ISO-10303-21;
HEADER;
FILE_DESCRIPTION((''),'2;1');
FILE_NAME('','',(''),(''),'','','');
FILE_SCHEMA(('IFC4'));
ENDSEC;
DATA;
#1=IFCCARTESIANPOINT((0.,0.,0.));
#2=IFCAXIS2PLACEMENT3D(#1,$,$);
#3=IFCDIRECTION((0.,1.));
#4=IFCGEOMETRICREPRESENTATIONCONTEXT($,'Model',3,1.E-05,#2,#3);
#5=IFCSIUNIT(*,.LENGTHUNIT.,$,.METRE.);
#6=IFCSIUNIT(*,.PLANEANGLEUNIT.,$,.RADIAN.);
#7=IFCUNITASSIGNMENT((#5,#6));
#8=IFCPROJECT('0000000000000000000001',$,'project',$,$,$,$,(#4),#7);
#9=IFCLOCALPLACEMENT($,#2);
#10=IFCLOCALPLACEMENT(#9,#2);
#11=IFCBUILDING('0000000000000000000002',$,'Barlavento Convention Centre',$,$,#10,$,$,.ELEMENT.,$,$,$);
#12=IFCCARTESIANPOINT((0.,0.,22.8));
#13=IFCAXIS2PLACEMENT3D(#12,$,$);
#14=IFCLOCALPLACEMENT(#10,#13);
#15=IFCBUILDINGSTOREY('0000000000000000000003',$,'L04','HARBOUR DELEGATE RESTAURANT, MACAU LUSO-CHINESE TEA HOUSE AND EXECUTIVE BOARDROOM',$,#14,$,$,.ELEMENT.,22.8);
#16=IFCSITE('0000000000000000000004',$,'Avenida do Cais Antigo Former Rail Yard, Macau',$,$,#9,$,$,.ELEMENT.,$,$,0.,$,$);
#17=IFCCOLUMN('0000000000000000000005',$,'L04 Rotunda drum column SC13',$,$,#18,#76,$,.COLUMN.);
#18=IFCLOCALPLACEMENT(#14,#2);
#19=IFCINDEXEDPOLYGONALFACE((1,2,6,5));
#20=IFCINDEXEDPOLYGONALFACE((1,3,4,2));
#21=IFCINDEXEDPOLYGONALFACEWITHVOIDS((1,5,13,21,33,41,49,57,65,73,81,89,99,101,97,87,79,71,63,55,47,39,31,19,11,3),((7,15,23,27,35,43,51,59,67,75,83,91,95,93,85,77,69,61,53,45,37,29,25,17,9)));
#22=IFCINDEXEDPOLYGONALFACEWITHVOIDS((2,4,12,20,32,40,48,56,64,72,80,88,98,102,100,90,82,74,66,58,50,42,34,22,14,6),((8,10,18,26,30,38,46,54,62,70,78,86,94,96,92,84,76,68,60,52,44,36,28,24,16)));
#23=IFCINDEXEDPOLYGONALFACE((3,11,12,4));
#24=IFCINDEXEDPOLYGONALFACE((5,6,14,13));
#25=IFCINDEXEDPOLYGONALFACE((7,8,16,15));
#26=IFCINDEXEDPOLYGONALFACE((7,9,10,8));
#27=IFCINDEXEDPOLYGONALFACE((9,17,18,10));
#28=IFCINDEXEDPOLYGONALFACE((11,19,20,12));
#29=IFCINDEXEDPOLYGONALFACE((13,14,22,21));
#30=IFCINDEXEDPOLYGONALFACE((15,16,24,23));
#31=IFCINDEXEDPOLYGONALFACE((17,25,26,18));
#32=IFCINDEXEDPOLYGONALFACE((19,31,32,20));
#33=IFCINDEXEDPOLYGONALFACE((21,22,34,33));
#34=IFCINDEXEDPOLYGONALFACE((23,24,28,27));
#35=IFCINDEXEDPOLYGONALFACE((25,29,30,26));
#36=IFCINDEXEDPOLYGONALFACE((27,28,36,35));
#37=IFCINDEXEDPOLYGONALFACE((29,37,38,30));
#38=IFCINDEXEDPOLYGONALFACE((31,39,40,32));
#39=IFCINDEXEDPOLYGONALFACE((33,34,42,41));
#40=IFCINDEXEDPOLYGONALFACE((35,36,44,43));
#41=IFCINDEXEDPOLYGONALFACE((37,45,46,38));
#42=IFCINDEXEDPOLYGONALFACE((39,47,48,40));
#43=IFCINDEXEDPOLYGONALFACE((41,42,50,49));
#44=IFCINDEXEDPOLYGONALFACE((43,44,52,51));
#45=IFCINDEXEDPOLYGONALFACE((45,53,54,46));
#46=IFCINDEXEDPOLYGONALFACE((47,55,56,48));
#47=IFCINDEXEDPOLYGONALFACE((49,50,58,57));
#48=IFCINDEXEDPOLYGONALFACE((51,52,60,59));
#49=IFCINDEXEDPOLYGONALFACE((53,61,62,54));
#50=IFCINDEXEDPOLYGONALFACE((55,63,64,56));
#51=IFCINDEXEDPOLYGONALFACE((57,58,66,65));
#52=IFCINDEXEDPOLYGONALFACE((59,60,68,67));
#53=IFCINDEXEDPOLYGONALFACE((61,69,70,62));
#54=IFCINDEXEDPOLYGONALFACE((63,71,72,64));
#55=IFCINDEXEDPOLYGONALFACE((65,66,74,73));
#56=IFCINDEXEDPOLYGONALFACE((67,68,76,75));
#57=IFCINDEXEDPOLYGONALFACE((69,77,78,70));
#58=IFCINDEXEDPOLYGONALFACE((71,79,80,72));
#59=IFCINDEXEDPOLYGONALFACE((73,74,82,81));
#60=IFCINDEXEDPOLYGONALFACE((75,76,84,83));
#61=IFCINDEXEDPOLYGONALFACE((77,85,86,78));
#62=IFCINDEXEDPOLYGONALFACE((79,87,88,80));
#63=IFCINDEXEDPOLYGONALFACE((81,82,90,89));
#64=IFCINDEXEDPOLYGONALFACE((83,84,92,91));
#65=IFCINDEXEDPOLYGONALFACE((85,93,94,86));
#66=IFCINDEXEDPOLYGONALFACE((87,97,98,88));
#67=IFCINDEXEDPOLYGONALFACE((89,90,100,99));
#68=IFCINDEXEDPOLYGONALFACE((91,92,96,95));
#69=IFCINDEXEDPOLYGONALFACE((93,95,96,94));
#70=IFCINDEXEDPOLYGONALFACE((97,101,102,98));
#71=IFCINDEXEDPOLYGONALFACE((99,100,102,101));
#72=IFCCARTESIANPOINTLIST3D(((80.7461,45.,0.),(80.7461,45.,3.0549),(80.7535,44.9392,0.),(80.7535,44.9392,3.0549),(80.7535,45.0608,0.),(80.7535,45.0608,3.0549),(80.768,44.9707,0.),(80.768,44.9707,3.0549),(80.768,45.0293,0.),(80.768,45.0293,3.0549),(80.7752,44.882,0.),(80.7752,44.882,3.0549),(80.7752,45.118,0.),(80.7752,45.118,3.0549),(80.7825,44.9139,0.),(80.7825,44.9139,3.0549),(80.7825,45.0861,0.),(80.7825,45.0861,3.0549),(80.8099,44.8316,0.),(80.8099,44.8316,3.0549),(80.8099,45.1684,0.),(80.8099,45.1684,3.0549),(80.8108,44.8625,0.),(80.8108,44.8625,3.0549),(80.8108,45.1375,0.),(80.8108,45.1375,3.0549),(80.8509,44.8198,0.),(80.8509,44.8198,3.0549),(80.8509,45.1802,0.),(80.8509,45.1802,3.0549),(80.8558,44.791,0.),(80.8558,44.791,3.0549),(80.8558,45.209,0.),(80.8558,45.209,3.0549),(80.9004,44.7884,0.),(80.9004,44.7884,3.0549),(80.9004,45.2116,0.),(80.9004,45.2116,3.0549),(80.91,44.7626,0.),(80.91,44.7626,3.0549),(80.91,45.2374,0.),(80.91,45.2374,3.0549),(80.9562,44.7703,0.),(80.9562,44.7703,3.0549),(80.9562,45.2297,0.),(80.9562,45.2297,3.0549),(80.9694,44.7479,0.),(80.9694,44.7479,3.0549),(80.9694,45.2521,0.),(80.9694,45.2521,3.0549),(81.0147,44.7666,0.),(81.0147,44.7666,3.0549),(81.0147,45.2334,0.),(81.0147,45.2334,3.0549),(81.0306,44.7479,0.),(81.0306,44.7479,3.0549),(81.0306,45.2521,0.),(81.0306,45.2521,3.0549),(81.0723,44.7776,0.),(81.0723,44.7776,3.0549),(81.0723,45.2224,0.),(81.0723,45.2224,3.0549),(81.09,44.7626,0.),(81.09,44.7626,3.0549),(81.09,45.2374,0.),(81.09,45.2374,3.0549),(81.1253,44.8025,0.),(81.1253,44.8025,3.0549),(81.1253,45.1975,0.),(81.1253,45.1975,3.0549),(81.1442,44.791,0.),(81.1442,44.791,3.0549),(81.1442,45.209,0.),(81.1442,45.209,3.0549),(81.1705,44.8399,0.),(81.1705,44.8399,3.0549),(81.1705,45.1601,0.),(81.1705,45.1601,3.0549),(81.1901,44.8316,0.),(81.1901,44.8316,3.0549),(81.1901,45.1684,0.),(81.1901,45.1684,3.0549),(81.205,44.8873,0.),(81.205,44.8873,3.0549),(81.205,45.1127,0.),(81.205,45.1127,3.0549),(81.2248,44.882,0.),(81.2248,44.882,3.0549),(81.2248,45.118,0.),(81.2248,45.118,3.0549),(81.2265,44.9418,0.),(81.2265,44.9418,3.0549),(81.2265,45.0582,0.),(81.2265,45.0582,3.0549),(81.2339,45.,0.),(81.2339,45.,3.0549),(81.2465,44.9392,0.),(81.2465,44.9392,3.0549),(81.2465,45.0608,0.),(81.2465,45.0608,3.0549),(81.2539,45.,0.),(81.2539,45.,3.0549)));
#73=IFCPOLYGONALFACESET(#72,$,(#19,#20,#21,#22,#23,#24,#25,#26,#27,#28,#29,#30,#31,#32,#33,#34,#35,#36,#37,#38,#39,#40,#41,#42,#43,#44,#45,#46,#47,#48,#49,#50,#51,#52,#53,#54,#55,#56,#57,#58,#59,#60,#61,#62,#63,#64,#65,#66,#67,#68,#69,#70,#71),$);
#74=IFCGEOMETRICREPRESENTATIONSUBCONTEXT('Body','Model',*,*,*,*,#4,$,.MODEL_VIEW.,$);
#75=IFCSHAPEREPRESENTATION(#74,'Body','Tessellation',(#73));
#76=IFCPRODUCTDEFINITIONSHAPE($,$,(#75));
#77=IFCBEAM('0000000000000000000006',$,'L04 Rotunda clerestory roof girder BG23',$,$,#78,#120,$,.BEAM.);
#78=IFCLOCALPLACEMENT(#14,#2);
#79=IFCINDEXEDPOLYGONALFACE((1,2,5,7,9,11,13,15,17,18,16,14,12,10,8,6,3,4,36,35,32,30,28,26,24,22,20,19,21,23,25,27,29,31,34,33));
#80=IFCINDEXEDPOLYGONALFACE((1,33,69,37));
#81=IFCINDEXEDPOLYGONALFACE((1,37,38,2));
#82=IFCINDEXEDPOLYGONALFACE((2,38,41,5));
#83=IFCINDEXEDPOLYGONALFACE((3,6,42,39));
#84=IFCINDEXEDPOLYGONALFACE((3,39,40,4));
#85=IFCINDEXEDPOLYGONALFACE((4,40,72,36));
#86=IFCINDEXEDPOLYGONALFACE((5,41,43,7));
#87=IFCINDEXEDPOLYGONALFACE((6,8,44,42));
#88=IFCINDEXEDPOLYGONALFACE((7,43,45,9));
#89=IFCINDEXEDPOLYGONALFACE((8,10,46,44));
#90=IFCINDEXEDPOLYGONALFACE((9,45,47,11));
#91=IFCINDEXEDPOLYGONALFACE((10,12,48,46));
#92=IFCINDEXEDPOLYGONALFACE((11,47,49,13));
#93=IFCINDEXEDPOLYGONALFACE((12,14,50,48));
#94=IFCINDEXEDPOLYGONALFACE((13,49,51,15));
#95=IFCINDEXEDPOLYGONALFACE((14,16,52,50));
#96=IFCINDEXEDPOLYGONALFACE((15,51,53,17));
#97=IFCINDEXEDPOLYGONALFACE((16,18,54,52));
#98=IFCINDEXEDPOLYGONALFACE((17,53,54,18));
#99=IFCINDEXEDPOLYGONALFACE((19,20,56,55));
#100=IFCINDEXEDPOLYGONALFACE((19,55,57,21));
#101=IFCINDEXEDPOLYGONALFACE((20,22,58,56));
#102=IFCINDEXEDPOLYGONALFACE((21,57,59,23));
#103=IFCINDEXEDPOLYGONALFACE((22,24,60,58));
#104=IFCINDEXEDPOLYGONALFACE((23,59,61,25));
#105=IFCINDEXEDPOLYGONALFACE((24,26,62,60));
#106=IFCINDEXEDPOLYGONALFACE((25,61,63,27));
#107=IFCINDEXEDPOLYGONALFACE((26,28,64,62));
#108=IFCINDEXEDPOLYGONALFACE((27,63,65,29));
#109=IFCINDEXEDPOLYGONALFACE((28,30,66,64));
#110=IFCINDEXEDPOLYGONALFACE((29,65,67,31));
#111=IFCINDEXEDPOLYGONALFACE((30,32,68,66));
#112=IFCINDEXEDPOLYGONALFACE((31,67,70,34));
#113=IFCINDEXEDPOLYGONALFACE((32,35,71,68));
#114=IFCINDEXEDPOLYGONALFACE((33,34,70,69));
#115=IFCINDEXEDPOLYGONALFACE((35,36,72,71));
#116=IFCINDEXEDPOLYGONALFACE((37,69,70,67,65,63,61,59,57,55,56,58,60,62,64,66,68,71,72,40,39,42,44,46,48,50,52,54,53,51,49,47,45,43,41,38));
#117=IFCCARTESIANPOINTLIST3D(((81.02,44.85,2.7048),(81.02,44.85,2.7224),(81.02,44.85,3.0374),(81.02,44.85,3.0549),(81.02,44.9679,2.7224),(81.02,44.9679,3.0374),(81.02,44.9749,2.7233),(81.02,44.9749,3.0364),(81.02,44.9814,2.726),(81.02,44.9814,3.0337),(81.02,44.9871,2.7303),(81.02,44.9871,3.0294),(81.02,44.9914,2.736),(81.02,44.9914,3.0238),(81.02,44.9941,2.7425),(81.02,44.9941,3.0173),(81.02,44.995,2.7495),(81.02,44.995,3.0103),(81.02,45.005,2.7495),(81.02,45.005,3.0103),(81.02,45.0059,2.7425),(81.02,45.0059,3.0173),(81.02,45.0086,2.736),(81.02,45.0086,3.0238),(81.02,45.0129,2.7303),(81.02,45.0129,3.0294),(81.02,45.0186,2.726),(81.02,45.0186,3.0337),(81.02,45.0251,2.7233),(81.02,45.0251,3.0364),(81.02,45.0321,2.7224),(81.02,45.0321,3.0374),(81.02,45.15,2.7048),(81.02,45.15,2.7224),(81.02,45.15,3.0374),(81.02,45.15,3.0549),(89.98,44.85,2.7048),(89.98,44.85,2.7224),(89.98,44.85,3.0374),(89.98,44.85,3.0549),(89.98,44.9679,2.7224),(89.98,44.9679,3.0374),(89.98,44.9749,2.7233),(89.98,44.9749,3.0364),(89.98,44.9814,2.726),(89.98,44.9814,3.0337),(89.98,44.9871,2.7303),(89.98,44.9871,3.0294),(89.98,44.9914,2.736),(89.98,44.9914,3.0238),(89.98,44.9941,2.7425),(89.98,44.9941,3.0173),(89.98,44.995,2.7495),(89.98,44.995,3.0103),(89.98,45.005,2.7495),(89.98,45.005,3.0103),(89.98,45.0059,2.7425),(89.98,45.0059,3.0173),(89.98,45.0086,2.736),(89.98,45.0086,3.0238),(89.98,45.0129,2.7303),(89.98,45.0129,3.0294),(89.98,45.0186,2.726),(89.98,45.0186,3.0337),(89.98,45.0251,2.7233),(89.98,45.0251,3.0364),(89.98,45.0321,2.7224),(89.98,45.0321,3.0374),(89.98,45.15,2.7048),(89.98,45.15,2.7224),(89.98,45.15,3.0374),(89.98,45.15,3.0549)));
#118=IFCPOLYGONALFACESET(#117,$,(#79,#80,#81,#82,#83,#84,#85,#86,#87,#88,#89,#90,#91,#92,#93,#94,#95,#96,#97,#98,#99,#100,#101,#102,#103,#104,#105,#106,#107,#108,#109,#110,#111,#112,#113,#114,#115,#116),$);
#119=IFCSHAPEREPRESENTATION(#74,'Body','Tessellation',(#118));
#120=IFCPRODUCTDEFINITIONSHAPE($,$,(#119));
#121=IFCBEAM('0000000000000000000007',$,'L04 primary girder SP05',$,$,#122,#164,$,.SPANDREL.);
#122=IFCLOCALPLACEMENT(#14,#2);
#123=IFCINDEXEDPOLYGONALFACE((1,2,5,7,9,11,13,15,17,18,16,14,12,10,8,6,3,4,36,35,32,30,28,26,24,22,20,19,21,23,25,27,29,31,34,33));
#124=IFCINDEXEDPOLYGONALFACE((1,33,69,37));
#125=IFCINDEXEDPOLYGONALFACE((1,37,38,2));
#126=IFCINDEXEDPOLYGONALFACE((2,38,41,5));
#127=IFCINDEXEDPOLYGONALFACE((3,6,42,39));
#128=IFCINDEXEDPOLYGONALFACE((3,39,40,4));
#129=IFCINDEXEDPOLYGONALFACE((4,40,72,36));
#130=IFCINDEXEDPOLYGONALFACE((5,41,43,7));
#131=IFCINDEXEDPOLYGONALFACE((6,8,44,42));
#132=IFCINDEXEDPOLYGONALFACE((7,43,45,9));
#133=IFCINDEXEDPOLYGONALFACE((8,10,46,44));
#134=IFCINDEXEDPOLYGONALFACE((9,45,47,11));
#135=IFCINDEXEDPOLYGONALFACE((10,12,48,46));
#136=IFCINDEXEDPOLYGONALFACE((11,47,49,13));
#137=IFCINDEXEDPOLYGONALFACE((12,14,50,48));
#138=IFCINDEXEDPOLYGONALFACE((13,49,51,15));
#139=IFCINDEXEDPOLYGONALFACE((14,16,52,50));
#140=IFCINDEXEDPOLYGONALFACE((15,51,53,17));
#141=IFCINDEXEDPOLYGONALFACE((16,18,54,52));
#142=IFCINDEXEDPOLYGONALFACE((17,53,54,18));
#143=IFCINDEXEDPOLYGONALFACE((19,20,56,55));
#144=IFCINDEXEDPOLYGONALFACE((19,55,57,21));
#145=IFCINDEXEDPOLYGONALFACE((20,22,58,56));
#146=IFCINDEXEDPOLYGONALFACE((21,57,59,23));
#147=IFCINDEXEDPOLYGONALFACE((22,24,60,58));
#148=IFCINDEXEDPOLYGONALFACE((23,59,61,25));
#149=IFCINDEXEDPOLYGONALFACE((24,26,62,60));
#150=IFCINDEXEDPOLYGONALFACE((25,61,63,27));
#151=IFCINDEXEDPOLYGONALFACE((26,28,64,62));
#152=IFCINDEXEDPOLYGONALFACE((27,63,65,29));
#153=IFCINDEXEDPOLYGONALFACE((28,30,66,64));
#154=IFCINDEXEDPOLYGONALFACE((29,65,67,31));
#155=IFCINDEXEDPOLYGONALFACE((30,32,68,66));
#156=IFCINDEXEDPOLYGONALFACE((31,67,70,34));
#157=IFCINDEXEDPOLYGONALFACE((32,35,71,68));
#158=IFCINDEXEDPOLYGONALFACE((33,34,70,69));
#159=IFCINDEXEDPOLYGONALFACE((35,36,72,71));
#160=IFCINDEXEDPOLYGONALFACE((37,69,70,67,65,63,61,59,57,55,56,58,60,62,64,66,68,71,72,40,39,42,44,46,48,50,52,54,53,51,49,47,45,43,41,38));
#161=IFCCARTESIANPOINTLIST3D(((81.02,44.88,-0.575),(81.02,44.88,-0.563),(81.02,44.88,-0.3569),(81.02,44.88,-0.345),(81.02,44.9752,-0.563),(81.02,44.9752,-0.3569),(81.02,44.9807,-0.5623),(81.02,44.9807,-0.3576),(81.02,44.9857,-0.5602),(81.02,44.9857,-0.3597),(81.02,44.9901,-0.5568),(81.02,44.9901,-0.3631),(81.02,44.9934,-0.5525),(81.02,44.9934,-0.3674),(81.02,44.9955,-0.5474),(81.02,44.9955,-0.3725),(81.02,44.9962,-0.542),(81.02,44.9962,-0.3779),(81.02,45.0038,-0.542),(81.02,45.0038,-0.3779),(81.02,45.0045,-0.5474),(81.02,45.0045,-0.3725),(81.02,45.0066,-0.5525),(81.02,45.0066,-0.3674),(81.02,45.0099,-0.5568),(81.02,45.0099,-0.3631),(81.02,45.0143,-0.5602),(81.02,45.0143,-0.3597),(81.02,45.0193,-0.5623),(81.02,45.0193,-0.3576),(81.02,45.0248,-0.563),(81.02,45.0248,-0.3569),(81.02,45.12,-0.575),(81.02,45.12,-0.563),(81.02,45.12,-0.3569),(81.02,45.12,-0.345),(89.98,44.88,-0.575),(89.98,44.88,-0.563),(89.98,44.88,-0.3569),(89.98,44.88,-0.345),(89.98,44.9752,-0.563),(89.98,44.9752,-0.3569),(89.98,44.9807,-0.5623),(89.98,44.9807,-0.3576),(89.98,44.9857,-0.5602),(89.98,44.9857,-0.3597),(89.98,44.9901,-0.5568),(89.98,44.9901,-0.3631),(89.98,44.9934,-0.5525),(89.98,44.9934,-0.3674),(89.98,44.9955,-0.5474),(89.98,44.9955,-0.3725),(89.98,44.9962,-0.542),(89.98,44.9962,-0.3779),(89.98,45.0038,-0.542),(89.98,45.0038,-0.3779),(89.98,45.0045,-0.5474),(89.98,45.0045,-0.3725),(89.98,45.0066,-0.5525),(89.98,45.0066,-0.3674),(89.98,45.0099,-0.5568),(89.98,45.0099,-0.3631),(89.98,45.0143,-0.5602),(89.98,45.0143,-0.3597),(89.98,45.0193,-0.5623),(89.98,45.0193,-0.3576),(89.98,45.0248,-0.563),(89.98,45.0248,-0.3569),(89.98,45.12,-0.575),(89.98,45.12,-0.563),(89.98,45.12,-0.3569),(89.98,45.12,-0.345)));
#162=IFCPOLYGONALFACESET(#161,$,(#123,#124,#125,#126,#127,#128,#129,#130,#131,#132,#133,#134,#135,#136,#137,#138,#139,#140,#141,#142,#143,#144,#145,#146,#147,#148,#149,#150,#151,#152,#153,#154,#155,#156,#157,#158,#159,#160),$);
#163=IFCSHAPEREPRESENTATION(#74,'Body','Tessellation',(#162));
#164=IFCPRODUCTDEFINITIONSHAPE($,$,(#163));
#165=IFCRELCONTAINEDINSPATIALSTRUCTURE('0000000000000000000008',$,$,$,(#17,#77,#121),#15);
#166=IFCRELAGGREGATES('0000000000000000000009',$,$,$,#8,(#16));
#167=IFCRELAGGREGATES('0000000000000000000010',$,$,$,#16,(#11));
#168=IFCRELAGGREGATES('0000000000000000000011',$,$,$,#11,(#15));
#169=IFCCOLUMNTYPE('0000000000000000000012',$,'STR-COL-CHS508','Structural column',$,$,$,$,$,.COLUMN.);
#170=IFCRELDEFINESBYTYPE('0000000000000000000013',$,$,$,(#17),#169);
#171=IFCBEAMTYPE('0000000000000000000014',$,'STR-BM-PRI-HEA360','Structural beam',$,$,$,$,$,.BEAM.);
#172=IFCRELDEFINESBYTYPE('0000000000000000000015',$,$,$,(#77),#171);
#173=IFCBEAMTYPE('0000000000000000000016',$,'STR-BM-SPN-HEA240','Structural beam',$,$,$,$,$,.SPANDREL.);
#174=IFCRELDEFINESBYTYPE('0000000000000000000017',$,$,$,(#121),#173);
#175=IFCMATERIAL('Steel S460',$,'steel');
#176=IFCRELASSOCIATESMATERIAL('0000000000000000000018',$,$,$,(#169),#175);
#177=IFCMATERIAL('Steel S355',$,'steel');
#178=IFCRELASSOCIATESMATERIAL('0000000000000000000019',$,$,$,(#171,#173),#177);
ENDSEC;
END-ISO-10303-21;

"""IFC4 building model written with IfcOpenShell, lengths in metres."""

from ifc_helpers import new_model, si_unit, direction, frame, origin, origin_2d, place, context, subcontext, project, spatial, hollow_circle, i_section, extrude, material, material_profile, profile_set, type_object, element, save


model = new_model("IFC4")

# Units and contexts
model_context = context("Model", 3, precision=1e-05, world=origin(), true_north=direction((0.0, 1.0)))
body_context = subcontext(model_context, "Body", "Model", "MODEL_VIEW")
ifc_project = project(units=[si_unit("LENGTHUNIT", "METRE"), si_unit("PLANEANGLEUNIT", "RADIAN")], contexts=[model_context])

# Site, building, storey
site_placement = place(None, origin())
site = spatial("IfcSite", under=ifc_project, at=site_placement, Name="Avenida do Cais Antigo Former Rail Yard, Macau", CompositionType="ELEMENT", RefElevation=0.0)
building_placement = place(site_placement, origin())
building = spatial("IfcBuilding", under=site, at=building_placement, Name="Barlavento Convention Centre", CompositionType="ELEMENT")
storey_placement = place(building_placement, frame((0.0, 0.0, 22.8)))
storey = spatial("IfcBuildingStorey", under=building, at=storey_placement, Name="L04", Description="HARBOUR DELEGATE RESTAURANT, MACAU LUSO-CHINESE TEA HOUSE AND EXECUTIVE BOARDROOM", CompositionType="ELEMENT", Elevation=22.8)

# Column
ifc_material_1 = material(Name="Steel S460", Category="steel")
ifc_material_profile_1 = material_profile(ifc_material_1, hollow_circle(Radius=0.2539, WallThickness=0.02, at=origin_2d()), Name="CHS 508.0x20.0")
ifc_profile_set_1 = profile_set([ifc_material_profile_1], Name="Steel S460")
column_type = type_object("IfcColumnType", Name="STR-COL-CHS508", Description="Structural column", PredefinedType="COLUMN", material=ifc_profile_set_1)
column_placement = place(storey_placement, frame((81.0, 45.0, 0.0), z_axis=(0.0, 0.0, 1.0), x_axis=(1.0, 0.0, 0.0)))
element("IfcColumn", 1, at=column_placement, inside=storey, type_object=column_type, Name="L04 Rotunda drum column SC13", PredefinedType="COLUMN", context=body_context, shape_type="SweptSolid", body=[
    extrude(hollow_circle(Radius=0.2539, WallThickness=0.02, at=origin_2d()), origin(), (0.0, 0.0, 1.0), 3.0549),
])

# Beams
ifc_material_2 = material(Name="Steel S355", Category="steel")
ifc_material_profile_2 = material_profile(ifc_material_2, i_section(OverallWidth=0.3, OverallDepth=0.3501, WebThickness=0.01, FlangeThickness=0.0176, FilletRadius=0.0271, at=origin_2d()), Name="HEA 360")
ifc_profile_set_2 = profile_set([ifc_material_profile_2], Name="Steel S355")
beam_type_1 = type_object("IfcBeamType", Name="STR-BM-PRI-HEA360", Description="Structural beam", PredefinedType="BEAM", material=ifc_profile_set_2)
beam_1_placement = place(storey_placement, frame((81.02, 45.0, 2.8799), z_axis=(1.0, 0.0, 0.0), x_axis=(0.0, 1.0, 0.0)))
element("IfcBeam", 2, at=beam_1_placement, inside=storey, type_object=beam_type_1, Name="L04 Rotunda clerestory roof girder BG23", PredefinedType="BEAM", context=body_context, shape_type="SweptSolid", body=[
    extrude(i_section(OverallWidth=0.3, OverallDepth=0.3501, WebThickness=0.01, FlangeThickness=0.0176, FilletRadius=0.0271, at=origin_2d()), origin(), (0.0, 0.0, 1.0), 8.96),
])
ifc_material_profile_3 = material_profile(ifc_material_2, i_section(OverallWidth=0.24, OverallDepth=0.23, WebThickness=0.0076, FlangeThickness=0.012, FilletRadius=0.021, at=origin_2d()), Name="HEA 240")
ifc_profile_set_3 = profile_set([ifc_material_profile_3], Name="Steel S355")
beam_type_2 = type_object("IfcBeamType", Name="STR-BM-SPN-HEA240", Description="Structural beam", PredefinedType="SPANDREL", material=ifc_profile_set_3)
beam_2_placement = place(storey_placement, frame((81.02, 45.0, -0.46), z_axis=(1.0, 0.0, 0.0), x_axis=(0.0, 1.0, 0.0)))
element("IfcBeam", 3, at=beam_2_placement, inside=storey, type_object=beam_type_2, Name="L04 primary girder SP05", PredefinedType="SPANDREL", context=body_context, shape_type="SweptSolid", body=[
    extrude(i_section(OverallWidth=0.24, OverallDepth=0.23, WebThickness=0.0076, FlangeThickness=0.012, FilletRadius=0.021, at=origin_2d()), origin(), (0.0, 0.0, 1.0), 8.96),
])

save(model, "model.ifc")
